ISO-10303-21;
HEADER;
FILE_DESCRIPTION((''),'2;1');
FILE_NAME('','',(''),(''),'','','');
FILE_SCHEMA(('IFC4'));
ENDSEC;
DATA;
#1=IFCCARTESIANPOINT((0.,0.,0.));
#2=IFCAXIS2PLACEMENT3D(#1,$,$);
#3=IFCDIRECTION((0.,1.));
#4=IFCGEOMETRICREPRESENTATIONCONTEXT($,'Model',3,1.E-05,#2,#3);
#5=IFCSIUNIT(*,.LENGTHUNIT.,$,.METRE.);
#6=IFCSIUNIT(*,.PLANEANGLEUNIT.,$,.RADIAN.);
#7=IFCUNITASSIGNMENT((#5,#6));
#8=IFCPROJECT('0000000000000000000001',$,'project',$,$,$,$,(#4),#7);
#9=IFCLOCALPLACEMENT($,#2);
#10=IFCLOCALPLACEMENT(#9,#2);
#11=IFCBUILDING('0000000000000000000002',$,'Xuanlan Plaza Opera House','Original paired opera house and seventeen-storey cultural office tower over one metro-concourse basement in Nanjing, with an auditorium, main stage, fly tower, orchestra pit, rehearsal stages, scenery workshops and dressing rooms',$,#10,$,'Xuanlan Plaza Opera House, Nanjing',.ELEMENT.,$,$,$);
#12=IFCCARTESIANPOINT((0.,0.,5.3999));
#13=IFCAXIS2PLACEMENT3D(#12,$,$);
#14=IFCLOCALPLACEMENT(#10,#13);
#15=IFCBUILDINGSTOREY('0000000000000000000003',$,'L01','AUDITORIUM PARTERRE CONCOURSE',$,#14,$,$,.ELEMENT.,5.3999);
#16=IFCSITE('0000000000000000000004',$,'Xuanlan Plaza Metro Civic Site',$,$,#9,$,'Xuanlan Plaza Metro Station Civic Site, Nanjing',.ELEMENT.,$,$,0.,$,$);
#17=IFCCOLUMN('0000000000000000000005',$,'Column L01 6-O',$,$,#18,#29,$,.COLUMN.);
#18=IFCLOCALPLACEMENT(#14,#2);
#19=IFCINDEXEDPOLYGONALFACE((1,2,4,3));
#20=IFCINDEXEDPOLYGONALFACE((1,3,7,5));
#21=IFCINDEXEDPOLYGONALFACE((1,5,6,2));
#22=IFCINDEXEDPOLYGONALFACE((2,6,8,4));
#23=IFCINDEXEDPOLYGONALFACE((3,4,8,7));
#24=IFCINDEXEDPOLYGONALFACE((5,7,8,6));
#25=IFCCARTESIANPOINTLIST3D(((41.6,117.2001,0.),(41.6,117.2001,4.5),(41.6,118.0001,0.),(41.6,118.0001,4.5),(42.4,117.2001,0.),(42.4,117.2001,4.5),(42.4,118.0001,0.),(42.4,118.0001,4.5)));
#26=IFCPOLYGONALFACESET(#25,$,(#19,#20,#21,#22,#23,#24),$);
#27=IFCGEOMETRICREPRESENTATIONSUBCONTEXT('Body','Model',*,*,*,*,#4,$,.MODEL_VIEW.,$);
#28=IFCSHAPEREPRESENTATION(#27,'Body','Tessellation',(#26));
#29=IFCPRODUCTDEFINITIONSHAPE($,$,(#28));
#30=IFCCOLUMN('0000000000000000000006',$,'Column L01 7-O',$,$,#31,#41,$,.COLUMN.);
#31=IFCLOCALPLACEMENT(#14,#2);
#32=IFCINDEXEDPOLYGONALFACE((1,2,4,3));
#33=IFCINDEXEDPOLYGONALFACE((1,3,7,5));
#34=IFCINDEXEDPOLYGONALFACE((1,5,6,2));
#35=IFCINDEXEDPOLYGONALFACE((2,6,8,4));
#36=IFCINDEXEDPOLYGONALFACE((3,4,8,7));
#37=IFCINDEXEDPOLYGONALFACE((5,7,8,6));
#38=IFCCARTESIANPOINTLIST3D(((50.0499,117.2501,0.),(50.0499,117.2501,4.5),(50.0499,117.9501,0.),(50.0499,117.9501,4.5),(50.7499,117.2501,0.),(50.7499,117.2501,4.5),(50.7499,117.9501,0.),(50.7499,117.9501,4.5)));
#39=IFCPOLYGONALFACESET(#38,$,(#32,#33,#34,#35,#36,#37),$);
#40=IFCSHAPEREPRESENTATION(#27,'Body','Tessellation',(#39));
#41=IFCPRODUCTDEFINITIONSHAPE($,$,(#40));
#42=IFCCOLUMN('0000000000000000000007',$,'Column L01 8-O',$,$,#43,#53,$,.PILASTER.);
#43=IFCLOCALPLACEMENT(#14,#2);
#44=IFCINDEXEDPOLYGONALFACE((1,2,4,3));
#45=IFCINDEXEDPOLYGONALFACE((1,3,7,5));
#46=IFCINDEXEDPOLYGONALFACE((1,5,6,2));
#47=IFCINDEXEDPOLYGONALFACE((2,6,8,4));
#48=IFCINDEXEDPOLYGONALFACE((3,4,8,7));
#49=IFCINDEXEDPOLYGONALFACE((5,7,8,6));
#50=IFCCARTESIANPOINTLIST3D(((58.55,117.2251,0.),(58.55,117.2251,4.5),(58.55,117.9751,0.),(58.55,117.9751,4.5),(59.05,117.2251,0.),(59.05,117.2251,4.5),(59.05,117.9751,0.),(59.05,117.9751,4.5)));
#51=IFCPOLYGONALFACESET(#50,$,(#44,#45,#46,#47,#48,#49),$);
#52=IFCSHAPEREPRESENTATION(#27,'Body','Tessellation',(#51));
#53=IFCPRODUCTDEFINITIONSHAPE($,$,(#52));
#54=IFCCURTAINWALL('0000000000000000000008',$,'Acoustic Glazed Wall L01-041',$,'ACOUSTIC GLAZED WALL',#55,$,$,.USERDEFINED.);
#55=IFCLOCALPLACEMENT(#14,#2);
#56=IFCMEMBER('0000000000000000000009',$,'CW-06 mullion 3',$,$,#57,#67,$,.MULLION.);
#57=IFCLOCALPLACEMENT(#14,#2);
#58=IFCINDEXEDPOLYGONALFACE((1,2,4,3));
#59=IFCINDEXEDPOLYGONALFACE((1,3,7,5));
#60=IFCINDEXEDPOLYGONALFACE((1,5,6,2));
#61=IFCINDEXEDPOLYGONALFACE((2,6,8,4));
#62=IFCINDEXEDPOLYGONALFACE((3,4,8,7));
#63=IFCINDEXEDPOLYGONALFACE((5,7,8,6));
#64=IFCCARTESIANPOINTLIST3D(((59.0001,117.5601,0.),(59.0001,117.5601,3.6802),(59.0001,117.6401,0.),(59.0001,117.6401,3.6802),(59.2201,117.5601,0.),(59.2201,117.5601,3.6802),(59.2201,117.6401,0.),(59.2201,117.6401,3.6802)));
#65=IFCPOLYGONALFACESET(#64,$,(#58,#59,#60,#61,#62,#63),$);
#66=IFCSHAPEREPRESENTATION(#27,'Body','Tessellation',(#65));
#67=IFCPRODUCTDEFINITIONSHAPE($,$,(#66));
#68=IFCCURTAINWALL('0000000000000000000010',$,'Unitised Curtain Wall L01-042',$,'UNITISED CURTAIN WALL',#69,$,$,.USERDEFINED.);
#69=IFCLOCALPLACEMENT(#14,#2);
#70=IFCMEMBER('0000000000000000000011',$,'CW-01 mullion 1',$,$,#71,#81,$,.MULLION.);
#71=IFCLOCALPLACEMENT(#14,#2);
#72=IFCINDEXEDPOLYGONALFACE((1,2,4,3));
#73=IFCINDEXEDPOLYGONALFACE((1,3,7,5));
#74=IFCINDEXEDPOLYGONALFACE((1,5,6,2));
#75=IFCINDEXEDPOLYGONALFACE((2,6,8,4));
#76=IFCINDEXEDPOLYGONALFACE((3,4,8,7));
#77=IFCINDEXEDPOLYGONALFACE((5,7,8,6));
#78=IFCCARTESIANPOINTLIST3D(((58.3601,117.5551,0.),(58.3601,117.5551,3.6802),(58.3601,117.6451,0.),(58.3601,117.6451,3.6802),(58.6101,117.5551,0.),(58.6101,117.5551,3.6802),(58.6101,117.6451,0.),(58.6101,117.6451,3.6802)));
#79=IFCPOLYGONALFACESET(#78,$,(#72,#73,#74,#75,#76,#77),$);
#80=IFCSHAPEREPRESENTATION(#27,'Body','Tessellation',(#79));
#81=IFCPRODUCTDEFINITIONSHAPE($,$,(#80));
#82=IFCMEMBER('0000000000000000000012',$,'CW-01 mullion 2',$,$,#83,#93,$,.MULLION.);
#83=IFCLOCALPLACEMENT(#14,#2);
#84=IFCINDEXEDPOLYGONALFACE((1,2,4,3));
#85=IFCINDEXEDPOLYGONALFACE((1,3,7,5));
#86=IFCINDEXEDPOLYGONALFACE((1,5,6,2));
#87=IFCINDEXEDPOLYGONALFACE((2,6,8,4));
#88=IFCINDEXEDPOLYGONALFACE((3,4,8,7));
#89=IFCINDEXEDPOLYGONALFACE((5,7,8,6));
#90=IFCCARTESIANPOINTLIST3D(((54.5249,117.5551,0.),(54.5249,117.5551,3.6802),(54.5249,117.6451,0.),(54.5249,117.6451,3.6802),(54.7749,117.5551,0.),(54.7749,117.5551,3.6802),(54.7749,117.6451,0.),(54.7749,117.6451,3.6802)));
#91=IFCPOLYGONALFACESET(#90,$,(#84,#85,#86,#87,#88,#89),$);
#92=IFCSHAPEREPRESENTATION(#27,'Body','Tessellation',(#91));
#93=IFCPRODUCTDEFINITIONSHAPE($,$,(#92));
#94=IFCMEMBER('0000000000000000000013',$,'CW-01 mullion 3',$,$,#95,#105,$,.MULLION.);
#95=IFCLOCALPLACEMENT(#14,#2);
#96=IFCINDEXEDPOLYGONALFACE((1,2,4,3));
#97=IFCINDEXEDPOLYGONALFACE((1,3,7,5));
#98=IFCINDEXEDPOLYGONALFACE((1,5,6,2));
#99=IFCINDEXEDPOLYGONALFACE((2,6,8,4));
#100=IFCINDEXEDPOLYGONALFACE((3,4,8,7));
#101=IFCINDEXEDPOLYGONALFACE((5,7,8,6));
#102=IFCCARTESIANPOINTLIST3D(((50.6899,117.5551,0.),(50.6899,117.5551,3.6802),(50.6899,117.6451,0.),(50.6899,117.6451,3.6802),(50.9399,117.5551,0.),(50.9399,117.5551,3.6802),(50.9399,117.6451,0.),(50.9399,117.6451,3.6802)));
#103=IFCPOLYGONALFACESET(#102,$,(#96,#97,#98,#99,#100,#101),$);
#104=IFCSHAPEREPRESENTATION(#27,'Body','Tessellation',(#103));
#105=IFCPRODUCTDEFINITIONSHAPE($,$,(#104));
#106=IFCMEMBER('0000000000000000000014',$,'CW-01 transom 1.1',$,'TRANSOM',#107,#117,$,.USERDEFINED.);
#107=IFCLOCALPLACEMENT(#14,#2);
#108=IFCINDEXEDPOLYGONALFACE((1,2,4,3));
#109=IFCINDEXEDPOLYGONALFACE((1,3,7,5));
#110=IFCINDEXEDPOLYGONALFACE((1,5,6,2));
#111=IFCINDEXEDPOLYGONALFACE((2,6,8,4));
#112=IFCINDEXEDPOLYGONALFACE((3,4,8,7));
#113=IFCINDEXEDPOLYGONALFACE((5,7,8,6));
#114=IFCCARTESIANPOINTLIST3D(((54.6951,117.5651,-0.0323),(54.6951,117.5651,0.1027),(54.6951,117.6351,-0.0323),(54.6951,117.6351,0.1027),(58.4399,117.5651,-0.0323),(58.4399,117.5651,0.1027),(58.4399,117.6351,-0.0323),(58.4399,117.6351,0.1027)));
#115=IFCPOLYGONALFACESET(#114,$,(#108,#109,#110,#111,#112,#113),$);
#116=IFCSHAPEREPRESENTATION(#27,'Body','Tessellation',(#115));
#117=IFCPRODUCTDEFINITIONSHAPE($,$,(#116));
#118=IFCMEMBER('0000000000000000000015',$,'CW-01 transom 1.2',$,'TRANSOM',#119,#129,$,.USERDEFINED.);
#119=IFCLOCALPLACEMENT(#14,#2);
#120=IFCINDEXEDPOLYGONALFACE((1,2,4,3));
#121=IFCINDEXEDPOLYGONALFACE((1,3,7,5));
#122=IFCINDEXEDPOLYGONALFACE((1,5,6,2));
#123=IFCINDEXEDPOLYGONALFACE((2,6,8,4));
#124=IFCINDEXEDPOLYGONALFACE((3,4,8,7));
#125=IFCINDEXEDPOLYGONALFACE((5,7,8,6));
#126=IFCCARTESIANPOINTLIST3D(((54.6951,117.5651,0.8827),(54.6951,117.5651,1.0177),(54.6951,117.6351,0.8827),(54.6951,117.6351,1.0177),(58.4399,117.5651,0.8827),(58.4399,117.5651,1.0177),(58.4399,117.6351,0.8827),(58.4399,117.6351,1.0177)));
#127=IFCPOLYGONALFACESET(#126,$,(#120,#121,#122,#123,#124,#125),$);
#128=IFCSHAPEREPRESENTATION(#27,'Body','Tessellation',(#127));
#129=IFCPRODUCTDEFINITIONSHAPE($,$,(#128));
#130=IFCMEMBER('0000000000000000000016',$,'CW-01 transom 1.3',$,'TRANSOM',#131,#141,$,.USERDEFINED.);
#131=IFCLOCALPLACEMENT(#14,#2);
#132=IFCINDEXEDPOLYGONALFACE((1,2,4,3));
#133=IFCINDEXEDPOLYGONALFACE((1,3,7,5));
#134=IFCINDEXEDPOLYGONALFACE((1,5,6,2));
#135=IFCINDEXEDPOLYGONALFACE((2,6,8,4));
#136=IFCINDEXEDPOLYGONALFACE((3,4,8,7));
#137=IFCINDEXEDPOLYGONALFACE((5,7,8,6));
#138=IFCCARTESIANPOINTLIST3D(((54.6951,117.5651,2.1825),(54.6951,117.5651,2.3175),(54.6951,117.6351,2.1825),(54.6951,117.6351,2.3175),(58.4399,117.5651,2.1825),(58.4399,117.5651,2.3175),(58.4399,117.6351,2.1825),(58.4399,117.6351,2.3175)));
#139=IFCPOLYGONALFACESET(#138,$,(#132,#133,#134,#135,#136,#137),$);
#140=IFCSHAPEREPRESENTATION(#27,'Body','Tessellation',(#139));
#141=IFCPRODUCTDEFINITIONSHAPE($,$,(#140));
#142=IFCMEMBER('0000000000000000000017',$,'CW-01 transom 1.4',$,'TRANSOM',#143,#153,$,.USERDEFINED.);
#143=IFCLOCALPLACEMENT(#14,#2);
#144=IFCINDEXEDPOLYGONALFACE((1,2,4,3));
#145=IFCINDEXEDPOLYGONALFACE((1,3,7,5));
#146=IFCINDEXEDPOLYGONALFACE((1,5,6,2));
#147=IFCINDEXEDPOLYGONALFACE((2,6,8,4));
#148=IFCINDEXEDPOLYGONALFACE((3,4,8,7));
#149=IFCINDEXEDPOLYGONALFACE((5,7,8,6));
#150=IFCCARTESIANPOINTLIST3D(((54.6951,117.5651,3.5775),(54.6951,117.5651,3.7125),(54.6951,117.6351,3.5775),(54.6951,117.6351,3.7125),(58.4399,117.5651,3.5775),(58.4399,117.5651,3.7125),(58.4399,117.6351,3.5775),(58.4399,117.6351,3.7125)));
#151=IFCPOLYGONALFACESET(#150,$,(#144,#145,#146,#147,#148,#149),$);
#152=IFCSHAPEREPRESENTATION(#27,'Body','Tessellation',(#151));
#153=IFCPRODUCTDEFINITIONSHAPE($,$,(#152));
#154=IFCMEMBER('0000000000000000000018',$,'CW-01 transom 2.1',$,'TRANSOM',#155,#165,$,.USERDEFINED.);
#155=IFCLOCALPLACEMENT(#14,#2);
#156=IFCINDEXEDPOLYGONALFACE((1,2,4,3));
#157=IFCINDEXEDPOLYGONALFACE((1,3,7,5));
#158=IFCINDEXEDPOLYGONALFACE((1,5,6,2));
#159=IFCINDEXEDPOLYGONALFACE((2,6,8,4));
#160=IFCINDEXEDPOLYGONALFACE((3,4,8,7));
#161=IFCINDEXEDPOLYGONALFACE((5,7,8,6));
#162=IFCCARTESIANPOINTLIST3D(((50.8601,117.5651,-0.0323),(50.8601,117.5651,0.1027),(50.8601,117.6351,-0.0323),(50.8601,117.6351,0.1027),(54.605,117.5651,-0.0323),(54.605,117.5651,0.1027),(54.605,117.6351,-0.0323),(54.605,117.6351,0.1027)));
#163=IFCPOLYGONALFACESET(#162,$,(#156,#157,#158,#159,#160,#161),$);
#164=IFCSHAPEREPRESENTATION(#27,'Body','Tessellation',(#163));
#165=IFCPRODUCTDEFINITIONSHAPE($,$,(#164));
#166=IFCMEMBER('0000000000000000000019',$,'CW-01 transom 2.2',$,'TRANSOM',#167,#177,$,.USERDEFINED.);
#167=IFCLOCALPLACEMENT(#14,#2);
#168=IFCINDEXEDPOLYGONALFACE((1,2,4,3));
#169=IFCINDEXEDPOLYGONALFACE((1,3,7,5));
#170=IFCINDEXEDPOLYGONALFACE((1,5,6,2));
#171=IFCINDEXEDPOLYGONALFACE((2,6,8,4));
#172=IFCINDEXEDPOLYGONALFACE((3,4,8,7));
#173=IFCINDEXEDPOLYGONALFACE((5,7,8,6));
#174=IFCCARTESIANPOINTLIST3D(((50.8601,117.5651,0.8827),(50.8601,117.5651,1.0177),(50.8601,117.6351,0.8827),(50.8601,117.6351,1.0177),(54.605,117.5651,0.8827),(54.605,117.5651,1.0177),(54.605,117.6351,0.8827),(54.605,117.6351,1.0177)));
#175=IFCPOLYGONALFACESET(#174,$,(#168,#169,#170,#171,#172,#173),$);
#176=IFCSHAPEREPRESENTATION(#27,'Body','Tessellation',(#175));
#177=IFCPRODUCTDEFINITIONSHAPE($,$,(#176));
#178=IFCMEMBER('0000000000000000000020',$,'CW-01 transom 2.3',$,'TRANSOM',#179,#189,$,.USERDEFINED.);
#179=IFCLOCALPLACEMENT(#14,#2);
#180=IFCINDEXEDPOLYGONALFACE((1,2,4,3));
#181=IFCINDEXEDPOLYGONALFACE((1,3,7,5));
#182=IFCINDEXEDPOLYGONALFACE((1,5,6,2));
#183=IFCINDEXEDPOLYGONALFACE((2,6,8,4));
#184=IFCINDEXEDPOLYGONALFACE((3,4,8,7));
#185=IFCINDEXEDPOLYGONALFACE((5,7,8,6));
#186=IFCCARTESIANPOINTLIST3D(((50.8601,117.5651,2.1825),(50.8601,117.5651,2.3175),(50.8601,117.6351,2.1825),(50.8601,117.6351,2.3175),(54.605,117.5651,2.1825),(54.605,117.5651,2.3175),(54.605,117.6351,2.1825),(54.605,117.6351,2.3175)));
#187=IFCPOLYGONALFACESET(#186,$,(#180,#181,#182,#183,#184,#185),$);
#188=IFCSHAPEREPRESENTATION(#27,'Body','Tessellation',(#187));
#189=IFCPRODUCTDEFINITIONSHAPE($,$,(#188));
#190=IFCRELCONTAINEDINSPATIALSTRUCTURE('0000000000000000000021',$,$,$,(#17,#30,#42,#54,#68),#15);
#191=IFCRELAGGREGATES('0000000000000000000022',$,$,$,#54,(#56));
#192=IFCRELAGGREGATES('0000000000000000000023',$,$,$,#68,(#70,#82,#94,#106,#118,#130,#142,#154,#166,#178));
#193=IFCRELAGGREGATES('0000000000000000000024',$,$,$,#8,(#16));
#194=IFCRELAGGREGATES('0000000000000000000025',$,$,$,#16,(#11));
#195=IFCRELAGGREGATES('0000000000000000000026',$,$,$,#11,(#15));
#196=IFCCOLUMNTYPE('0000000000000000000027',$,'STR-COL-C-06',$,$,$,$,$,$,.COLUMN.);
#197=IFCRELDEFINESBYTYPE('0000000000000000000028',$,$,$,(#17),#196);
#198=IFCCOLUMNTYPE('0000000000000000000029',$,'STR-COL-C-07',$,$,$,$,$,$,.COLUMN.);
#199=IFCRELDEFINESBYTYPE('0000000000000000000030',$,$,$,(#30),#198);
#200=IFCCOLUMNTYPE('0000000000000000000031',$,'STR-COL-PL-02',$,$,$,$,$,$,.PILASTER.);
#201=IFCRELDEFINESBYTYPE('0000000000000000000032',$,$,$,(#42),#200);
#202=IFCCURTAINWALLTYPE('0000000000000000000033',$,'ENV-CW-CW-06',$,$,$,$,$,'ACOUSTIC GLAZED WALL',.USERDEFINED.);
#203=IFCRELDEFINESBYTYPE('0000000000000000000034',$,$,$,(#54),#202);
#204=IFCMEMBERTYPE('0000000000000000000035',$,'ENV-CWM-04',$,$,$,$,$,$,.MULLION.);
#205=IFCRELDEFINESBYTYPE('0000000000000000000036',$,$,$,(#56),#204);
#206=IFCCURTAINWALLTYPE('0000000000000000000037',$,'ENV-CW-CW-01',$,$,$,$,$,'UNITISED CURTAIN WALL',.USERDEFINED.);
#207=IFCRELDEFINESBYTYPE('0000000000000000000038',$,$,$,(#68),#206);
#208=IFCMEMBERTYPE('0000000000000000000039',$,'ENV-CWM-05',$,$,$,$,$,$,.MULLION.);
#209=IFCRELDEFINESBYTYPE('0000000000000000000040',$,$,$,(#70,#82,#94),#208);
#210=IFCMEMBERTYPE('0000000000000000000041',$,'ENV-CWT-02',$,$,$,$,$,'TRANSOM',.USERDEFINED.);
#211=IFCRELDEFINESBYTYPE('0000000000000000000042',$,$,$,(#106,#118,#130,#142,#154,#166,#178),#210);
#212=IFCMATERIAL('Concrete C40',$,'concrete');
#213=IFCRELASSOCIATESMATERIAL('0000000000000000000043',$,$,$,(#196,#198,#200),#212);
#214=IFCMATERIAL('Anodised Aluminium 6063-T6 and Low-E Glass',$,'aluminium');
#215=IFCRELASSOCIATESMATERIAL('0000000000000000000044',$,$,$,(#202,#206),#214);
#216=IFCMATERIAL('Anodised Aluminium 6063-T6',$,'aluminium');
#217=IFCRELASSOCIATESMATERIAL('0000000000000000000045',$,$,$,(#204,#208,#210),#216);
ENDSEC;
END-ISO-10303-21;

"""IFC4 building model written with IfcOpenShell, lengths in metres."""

from ifc_helpers import new_model, si_unit, direction, frame, origin, origin_2d, place, context, subcontext, project, spatial, rectangle, extrude, material, material_profile, profile_set, type_object, element, aggregate, save


model = new_model("IFC4")

# Units and contexts
model_context = context("Model", 3, precision=1e-05, world=origin(), true_north=direction((0.0, 1.0)))
body_context = subcontext(model_context, "Body", "Model", "MODEL_VIEW")
ifc_project = project(units=[si_unit("LENGTHUNIT", "METRE"), si_unit("PLANEANGLEUNIT", "RADIAN")], contexts=[model_context])

# Site, building, storey
site_placement = place(None, origin())
site = spatial("IfcSite", under=ifc_project, at=site_placement, Name="Xuanlan Plaza Metro Civic Site", LongName="Xuanlan Plaza Metro Station Civic Site, Nanjing", CompositionType="ELEMENT", RefElevation=0.0)
building_placement = place(site_placement, origin())
building = spatial("IfcBuilding", under=site, at=building_placement, Name="Xuanlan Plaza Opera House", Description="Original paired opera house and seventeen-storey cultural office tower over one metro-concourse basement in Nanjing, with an auditorium, main stage, fly tower, orchestra pit, rehearsal stages, scenery workshops and dressing rooms", LongName="Xuanlan Plaza Opera House, Nanjing", CompositionType="ELEMENT")
storey_placement = place(building_placement, frame((0.0, 0.0, 5.3999)))
storey = spatial("IfcBuildingStorey", under=building, at=storey_placement, Name="L01", Description="AUDITORIUM PARTERRE CONCOURSE", CompositionType="ELEMENT", Elevation=5.3999)

# Columns
ifc_material_1 = material(Name="Concrete C40", Category="concrete")
ifc_material_profile_1 = material_profile(ifc_material_1, rectangle(XDim=0.8, YDim=0.8, at=origin_2d()), Name="RC-COL 800x800")
ifc_profile_set_1 = profile_set([ifc_material_profile_1], Name="Concrete C40")
column_type_1 = type_object("IfcColumnType", Name="STR-COL-C-06", PredefinedType="COLUMN", material=ifc_profile_set_1)
column_1_placement = place(storey_placement, frame((42.0, 117.6001, 0.0), z_axis=(0.0, 0.0, 1.0), x_axis=(1.0, 0.0, 0.0)))
element("IfcColumn", 1, at=column_1_placement, inside=storey, type_object=column_type_1, Name="Column L01 6-O", PredefinedType="COLUMN", context=body_context, shape_type="SweptSolid", body=[
    extrude(rectangle(XDim=0.8, YDim=0.8, at=origin_2d()), origin(), (0.0, 0.0, 1.0), 4.5),
])
ifc_material_profile_2 = material_profile(ifc_material_1, rectangle(XDim=0.7, YDim=0.7, at=origin_2d()), Name="RC-COL 700x700")
ifc_profile_set_2 = profile_set([ifc_material_profile_2], Name="Concrete C40")
column_type_2 = type_object("IfcColumnType", Name="STR-COL-C-07", PredefinedType="COLUMN", material=ifc_profile_set_2)
column_2_placement = place(storey_placement, frame((50.3999, 117.6001, 0.0), z_axis=(0.0, 0.0, 1.0), x_axis=(1.0, 0.0, 0.0)))
element("IfcColumn", 2, at=column_2_placement, inside=storey, type_object=column_type_2, Name="Column L01 7-O", PredefinedType="COLUMN", context=body_context, shape_type="SweptSolid", body=[
    extrude(rectangle(XDim=0.7, YDim=0.7, at=origin_2d()), origin(), (0.0, 0.0, 1.0), 4.5),
])
ifc_material_profile_3 = material_profile(ifc_material_1, rectangle(XDim=0.5, YDim=0.75, at=origin_2d()), Name="RC-PIL 500x750")
ifc_profile_set_3 = profile_set([ifc_material_profile_3], Name="Concrete C40")
column_type_3 = type_object("IfcColumnType", Name="STR-COL-PL-02", PredefinedType="PILASTER", material=ifc_profile_set_3)
column_3_placement = place(storey_placement, frame((58.8, 117.6001, 0.0), z_axis=(0.0, 0.0, 1.0), x_axis=(1.0, 0.0, 0.0)))
element("IfcColumn", 3, at=column_3_placement, inside=storey, type_object=column_type_3, Name="Column L01 8-O", PredefinedType="PILASTER", context=body_context, shape_type="SweptSolid", body=[
    extrude(rectangle(XDim=0.5, YDim=0.75, at=origin_2d()), origin(), (0.0, 0.0, 1.0), 4.5),
])

# Curtain wall, member
ifc_material_2 = material(Name="Anodised Aluminium 6063-T6 and Low-E Glass", Category="aluminium")
curtain_wall_type_1 = type_object("IfcCurtainWallType", Name="ENV-CW-CW-06", ElementType="ACOUSTIC GLAZED WALL", PredefinedType="USERDEFINED", material=ifc_material_2)
curtain_wall_1_placement = place(storey_placement, origin())
curtain_wall_1 = element("IfcCurtainWall", 4, at=curtain_wall_1_placement, inside=storey, type_object=curtain_wall_type_1, Name="Acoustic Glazed Wall L01-041", ObjectType="ACOUSTIC GLAZED WALL", PredefinedType="USERDEFINED")
ifc_material_3 = material(Name="Anodised Aluminium 6063-T6", Category="aluminium")
ifc_material_profile_4 = material_profile(ifc_material_3, rectangle(XDim=0.0801, YDim=0.22, at=origin_2d()), Name="ALU-M 80x220")
ifc_profile_set_4 = profile_set([ifc_material_profile_4], Name="Anodised Aluminium 6063-T6")
member_type_1 = type_object("IfcMemberType", Name="ENV-CWM-04", PredefinedType="MULLION", material=ifc_profile_set_4)
member_1_placement = place(storey_placement, frame((59.1101, 117.6001, 0.0), z_axis=(0.0, 0.0, 1.0), x_axis=(0.0, -1.0, 0.0)))
member_1 = element("IfcMember", 5, at=member_1_placement, type_object=member_type_1, Name="CW-06 mullion 3", PredefinedType="MULLION", context=body_context, shape_type="SweptSolid", body=[
    extrude(rectangle(XDim=0.0801, YDim=0.22, at=origin_2d()), origin(), (0.0, 0.0, 1.0), 3.6802),
])

# Curtain wall, members
curtain_wall_type_2 = type_object("IfcCurtainWallType", Name="ENV-CW-CW-01", ElementType="UNITISED CURTAIN WALL", PredefinedType="USERDEFINED", material=ifc_material_2)
curtain_wall_2_placement = place(storey_placement, origin())
curtain_wall_2 = element("IfcCurtainWall", 6, at=curtain_wall_2_placement, inside=storey, type_object=curtain_wall_type_2, Name="Unitised Curtain Wall L01-042", ObjectType="UNITISED CURTAIN WALL", PredefinedType="USERDEFINED")
ifc_material_profile_5 = material_profile(ifc_material_3, rectangle(XDim=0.0901, YDim=0.25, at=origin_2d()), Name="ALU-M 90x250")
ifc_profile_set_5 = profile_set([ifc_material_profile_5], Name="Anodised Aluminium 6063-T6")
member_type_2 = type_object("IfcMemberType", Name="ENV-CWM-05", PredefinedType="MULLION", material=ifc_profile_set_5)
member_2_placement = place(storey_placement, frame((58.4851, 117.6001, 0.0), z_axis=(0.0, 0.0, 1.0), x_axis=(0.0, -1.0, 0.0)))
member_2 = element("IfcMember", 7, at=member_2_placement, type_object=member_type_2, Name="CW-01 mullion 1", PredefinedType="MULLION", context=body_context, shape_type="SweptSolid", body=[
    extrude(rectangle(XDim=0.0901, YDim=0.25, at=origin_2d()), origin(), (0.0, 0.0, 1.0), 3.6802),
])
member_3_placement = place(storey_placement, frame((54.6499, 117.6001, 0.0), z_axis=(0.0, 0.0, 1.0), x_axis=(0.0, -1.0, 0.0)))
member_3 = element("IfcMember", 8, at=member_3_placement, type_object=member_type_2, Name="CW-01 mullion 2", PredefinedType="MULLION", context=body_context, shape_type="SweptSolid", body=[
    extrude(rectangle(XDim=0.0901, YDim=0.25, at=origin_2d()), origin(), (0.0, 0.0, 1.0), 3.6802),
])
member_4_placement = place(storey_placement, frame((50.8149, 117.6001, 0.0), z_axis=(0.0, 0.0, 1.0), x_axis=(0.0, -1.0, 0.0)))
member_4 = element("IfcMember", 9, at=member_4_placement, type_object=member_type_2, Name="CW-01 mullion 3", PredefinedType="MULLION", context=body_context, shape_type="SweptSolid", body=[
    extrude(rectangle(XDim=0.0901, YDim=0.25, at=origin_2d()), origin(), (0.0, 0.0, 1.0), 3.6802),
])
ifc_material_profile_6 = material_profile(ifc_material_3, rectangle(XDim=0.0701, YDim=0.135, at=origin_2d()), Name="ALU-T 70x135")
ifc_profile_set_6 = profile_set([ifc_material_profile_6], Name="Anodised Aluminium 6063-T6")
member_type_3 = type_object("IfcMemberType", Name="ENV-CWT-02", ElementType="TRANSOM", PredefinedType="USERDEFINED", material=ifc_profile_set_6)
member_5_placement = place(storey_placement, frame((58.4399, 117.6001, 0.0352), z_axis=(-1.0, 0.0, 0.0), x_axis=(0.0, -1.0, 0.0)))
member_5 = element("IfcMember", 10, at=member_5_placement, type_object=member_type_3, Name="CW-01 transom 1.1", ObjectType="TRANSOM", PredefinedType="USERDEFINED", context=body_context, shape_type="SweptSolid", body=[
    extrude(rectangle(XDim=0.0701, YDim=0.135, at=origin_2d()), origin(), (0.0, 0.0, 1.0), 3.7449),
])
member_6_placement = place(storey_placement, frame((58.4399, 117.6001, 0.9502), z_axis=(-1.0, 0.0, 0.0), x_axis=(0.0, -1.0, 0.0)))
member_6 = element("IfcMember", 11, at=member_6_placement, type_object=member_type_3, Name="CW-01 transom 1.2", ObjectType="TRANSOM", PredefinedType="USERDEFINED", context=body_context, shape_type="SweptSolid", body=[
    extrude(rectangle(XDim=0.0701, YDim=0.135, at=origin_2d()), origin(), (0.0, 0.0, 1.0), 3.7449),
])
member_7_placement = place(storey_placement, frame((58.4399, 117.6001, 2.25), z_axis=(-1.0, 0.0, 0.0), x_axis=(0.0, -1.0, 0.0)))
member_7 = element("IfcMember", 12, at=member_7_placement, type_object=member_type_3, Name="CW-01 transom 1.3", ObjectType="TRANSOM", PredefinedType="USERDEFINED", context=body_context, shape_type="SweptSolid", body=[
    extrude(rectangle(XDim=0.0701, YDim=0.135, at=origin_2d()), origin(), (0.0, 0.0, 1.0), 3.7449),
])
member_8_placement = place(storey_placement, frame((58.4399, 117.6001, 3.645), z_axis=(-1.0, 0.0, 0.0), x_axis=(0.0, -1.0, 0.0)))
member_8 = element("IfcMember", 13, at=member_8_placement, type_object=member_type_3, Name="CW-01 transom 1.4", ObjectType="TRANSOM", PredefinedType="USERDEFINED", context=body_context, shape_type="SweptSolid", body=[
    extrude(rectangle(XDim=0.0701, YDim=0.135, at=origin_2d()), origin(), (0.0, 0.0, 1.0), 3.7449),
])
member_9_placement = place(storey_placement, frame((54.605, 117.6001, 0.0352), z_axis=(-1.0, 0.0, 0.0), x_axis=(0.0, -1.0, 0.0)))
member_9 = element("IfcMember", 14, at=member_9_placement, type_object=member_type_3, Name="CW-01 transom 2.1", ObjectType="TRANSOM", PredefinedType="USERDEFINED", context=body_context, shape_type="SweptSolid", body=[
    extrude(rectangle(XDim=0.0701, YDim=0.135, at=origin_2d()), origin(), (0.0, 0.0, 1.0), 3.7449),
])
member_10_placement = place(storey_placement, frame((54.605, 117.6001, 0.9502), z_axis=(-1.0, 0.0, 0.0), x_axis=(0.0, -1.0, 0.0)))
member_10 = element("IfcMember", 15, at=member_10_placement, type_object=member_type_3, Name="CW-01 transom 2.2", ObjectType="TRANSOM", PredefinedType="USERDEFINED", context=body_context, shape_type="SweptSolid", body=[
    extrude(rectangle(XDim=0.0701, YDim=0.135, at=origin_2d()), origin(), (0.0, 0.0, 1.0), 3.7449),
])
member_11_placement = place(storey_placement, frame((54.605, 117.6001, 2.25), z_axis=(-1.0, 0.0, 0.0), x_axis=(0.0, -1.0, 0.0)))
member_11 = element("IfcMember", 16, at=member_11_placement, type_object=member_type_3, Name="CW-01 transom 2.3", ObjectType="TRANSOM", PredefinedType="USERDEFINED", context=body_context, shape_type="SweptSolid", body=[
    extrude(rectangle(XDim=0.0701, YDim=0.135, at=origin_2d()), origin(), (0.0, 0.0, 1.0), 3.7449),
])

aggregate(curtain_wall_1, [member_1])
aggregate(curtain_wall_2, [member_2, member_3, member_4, member_5, member_6, member_7, member_8, member_9, member_10, member_11])

save(model, "model.ifc")
